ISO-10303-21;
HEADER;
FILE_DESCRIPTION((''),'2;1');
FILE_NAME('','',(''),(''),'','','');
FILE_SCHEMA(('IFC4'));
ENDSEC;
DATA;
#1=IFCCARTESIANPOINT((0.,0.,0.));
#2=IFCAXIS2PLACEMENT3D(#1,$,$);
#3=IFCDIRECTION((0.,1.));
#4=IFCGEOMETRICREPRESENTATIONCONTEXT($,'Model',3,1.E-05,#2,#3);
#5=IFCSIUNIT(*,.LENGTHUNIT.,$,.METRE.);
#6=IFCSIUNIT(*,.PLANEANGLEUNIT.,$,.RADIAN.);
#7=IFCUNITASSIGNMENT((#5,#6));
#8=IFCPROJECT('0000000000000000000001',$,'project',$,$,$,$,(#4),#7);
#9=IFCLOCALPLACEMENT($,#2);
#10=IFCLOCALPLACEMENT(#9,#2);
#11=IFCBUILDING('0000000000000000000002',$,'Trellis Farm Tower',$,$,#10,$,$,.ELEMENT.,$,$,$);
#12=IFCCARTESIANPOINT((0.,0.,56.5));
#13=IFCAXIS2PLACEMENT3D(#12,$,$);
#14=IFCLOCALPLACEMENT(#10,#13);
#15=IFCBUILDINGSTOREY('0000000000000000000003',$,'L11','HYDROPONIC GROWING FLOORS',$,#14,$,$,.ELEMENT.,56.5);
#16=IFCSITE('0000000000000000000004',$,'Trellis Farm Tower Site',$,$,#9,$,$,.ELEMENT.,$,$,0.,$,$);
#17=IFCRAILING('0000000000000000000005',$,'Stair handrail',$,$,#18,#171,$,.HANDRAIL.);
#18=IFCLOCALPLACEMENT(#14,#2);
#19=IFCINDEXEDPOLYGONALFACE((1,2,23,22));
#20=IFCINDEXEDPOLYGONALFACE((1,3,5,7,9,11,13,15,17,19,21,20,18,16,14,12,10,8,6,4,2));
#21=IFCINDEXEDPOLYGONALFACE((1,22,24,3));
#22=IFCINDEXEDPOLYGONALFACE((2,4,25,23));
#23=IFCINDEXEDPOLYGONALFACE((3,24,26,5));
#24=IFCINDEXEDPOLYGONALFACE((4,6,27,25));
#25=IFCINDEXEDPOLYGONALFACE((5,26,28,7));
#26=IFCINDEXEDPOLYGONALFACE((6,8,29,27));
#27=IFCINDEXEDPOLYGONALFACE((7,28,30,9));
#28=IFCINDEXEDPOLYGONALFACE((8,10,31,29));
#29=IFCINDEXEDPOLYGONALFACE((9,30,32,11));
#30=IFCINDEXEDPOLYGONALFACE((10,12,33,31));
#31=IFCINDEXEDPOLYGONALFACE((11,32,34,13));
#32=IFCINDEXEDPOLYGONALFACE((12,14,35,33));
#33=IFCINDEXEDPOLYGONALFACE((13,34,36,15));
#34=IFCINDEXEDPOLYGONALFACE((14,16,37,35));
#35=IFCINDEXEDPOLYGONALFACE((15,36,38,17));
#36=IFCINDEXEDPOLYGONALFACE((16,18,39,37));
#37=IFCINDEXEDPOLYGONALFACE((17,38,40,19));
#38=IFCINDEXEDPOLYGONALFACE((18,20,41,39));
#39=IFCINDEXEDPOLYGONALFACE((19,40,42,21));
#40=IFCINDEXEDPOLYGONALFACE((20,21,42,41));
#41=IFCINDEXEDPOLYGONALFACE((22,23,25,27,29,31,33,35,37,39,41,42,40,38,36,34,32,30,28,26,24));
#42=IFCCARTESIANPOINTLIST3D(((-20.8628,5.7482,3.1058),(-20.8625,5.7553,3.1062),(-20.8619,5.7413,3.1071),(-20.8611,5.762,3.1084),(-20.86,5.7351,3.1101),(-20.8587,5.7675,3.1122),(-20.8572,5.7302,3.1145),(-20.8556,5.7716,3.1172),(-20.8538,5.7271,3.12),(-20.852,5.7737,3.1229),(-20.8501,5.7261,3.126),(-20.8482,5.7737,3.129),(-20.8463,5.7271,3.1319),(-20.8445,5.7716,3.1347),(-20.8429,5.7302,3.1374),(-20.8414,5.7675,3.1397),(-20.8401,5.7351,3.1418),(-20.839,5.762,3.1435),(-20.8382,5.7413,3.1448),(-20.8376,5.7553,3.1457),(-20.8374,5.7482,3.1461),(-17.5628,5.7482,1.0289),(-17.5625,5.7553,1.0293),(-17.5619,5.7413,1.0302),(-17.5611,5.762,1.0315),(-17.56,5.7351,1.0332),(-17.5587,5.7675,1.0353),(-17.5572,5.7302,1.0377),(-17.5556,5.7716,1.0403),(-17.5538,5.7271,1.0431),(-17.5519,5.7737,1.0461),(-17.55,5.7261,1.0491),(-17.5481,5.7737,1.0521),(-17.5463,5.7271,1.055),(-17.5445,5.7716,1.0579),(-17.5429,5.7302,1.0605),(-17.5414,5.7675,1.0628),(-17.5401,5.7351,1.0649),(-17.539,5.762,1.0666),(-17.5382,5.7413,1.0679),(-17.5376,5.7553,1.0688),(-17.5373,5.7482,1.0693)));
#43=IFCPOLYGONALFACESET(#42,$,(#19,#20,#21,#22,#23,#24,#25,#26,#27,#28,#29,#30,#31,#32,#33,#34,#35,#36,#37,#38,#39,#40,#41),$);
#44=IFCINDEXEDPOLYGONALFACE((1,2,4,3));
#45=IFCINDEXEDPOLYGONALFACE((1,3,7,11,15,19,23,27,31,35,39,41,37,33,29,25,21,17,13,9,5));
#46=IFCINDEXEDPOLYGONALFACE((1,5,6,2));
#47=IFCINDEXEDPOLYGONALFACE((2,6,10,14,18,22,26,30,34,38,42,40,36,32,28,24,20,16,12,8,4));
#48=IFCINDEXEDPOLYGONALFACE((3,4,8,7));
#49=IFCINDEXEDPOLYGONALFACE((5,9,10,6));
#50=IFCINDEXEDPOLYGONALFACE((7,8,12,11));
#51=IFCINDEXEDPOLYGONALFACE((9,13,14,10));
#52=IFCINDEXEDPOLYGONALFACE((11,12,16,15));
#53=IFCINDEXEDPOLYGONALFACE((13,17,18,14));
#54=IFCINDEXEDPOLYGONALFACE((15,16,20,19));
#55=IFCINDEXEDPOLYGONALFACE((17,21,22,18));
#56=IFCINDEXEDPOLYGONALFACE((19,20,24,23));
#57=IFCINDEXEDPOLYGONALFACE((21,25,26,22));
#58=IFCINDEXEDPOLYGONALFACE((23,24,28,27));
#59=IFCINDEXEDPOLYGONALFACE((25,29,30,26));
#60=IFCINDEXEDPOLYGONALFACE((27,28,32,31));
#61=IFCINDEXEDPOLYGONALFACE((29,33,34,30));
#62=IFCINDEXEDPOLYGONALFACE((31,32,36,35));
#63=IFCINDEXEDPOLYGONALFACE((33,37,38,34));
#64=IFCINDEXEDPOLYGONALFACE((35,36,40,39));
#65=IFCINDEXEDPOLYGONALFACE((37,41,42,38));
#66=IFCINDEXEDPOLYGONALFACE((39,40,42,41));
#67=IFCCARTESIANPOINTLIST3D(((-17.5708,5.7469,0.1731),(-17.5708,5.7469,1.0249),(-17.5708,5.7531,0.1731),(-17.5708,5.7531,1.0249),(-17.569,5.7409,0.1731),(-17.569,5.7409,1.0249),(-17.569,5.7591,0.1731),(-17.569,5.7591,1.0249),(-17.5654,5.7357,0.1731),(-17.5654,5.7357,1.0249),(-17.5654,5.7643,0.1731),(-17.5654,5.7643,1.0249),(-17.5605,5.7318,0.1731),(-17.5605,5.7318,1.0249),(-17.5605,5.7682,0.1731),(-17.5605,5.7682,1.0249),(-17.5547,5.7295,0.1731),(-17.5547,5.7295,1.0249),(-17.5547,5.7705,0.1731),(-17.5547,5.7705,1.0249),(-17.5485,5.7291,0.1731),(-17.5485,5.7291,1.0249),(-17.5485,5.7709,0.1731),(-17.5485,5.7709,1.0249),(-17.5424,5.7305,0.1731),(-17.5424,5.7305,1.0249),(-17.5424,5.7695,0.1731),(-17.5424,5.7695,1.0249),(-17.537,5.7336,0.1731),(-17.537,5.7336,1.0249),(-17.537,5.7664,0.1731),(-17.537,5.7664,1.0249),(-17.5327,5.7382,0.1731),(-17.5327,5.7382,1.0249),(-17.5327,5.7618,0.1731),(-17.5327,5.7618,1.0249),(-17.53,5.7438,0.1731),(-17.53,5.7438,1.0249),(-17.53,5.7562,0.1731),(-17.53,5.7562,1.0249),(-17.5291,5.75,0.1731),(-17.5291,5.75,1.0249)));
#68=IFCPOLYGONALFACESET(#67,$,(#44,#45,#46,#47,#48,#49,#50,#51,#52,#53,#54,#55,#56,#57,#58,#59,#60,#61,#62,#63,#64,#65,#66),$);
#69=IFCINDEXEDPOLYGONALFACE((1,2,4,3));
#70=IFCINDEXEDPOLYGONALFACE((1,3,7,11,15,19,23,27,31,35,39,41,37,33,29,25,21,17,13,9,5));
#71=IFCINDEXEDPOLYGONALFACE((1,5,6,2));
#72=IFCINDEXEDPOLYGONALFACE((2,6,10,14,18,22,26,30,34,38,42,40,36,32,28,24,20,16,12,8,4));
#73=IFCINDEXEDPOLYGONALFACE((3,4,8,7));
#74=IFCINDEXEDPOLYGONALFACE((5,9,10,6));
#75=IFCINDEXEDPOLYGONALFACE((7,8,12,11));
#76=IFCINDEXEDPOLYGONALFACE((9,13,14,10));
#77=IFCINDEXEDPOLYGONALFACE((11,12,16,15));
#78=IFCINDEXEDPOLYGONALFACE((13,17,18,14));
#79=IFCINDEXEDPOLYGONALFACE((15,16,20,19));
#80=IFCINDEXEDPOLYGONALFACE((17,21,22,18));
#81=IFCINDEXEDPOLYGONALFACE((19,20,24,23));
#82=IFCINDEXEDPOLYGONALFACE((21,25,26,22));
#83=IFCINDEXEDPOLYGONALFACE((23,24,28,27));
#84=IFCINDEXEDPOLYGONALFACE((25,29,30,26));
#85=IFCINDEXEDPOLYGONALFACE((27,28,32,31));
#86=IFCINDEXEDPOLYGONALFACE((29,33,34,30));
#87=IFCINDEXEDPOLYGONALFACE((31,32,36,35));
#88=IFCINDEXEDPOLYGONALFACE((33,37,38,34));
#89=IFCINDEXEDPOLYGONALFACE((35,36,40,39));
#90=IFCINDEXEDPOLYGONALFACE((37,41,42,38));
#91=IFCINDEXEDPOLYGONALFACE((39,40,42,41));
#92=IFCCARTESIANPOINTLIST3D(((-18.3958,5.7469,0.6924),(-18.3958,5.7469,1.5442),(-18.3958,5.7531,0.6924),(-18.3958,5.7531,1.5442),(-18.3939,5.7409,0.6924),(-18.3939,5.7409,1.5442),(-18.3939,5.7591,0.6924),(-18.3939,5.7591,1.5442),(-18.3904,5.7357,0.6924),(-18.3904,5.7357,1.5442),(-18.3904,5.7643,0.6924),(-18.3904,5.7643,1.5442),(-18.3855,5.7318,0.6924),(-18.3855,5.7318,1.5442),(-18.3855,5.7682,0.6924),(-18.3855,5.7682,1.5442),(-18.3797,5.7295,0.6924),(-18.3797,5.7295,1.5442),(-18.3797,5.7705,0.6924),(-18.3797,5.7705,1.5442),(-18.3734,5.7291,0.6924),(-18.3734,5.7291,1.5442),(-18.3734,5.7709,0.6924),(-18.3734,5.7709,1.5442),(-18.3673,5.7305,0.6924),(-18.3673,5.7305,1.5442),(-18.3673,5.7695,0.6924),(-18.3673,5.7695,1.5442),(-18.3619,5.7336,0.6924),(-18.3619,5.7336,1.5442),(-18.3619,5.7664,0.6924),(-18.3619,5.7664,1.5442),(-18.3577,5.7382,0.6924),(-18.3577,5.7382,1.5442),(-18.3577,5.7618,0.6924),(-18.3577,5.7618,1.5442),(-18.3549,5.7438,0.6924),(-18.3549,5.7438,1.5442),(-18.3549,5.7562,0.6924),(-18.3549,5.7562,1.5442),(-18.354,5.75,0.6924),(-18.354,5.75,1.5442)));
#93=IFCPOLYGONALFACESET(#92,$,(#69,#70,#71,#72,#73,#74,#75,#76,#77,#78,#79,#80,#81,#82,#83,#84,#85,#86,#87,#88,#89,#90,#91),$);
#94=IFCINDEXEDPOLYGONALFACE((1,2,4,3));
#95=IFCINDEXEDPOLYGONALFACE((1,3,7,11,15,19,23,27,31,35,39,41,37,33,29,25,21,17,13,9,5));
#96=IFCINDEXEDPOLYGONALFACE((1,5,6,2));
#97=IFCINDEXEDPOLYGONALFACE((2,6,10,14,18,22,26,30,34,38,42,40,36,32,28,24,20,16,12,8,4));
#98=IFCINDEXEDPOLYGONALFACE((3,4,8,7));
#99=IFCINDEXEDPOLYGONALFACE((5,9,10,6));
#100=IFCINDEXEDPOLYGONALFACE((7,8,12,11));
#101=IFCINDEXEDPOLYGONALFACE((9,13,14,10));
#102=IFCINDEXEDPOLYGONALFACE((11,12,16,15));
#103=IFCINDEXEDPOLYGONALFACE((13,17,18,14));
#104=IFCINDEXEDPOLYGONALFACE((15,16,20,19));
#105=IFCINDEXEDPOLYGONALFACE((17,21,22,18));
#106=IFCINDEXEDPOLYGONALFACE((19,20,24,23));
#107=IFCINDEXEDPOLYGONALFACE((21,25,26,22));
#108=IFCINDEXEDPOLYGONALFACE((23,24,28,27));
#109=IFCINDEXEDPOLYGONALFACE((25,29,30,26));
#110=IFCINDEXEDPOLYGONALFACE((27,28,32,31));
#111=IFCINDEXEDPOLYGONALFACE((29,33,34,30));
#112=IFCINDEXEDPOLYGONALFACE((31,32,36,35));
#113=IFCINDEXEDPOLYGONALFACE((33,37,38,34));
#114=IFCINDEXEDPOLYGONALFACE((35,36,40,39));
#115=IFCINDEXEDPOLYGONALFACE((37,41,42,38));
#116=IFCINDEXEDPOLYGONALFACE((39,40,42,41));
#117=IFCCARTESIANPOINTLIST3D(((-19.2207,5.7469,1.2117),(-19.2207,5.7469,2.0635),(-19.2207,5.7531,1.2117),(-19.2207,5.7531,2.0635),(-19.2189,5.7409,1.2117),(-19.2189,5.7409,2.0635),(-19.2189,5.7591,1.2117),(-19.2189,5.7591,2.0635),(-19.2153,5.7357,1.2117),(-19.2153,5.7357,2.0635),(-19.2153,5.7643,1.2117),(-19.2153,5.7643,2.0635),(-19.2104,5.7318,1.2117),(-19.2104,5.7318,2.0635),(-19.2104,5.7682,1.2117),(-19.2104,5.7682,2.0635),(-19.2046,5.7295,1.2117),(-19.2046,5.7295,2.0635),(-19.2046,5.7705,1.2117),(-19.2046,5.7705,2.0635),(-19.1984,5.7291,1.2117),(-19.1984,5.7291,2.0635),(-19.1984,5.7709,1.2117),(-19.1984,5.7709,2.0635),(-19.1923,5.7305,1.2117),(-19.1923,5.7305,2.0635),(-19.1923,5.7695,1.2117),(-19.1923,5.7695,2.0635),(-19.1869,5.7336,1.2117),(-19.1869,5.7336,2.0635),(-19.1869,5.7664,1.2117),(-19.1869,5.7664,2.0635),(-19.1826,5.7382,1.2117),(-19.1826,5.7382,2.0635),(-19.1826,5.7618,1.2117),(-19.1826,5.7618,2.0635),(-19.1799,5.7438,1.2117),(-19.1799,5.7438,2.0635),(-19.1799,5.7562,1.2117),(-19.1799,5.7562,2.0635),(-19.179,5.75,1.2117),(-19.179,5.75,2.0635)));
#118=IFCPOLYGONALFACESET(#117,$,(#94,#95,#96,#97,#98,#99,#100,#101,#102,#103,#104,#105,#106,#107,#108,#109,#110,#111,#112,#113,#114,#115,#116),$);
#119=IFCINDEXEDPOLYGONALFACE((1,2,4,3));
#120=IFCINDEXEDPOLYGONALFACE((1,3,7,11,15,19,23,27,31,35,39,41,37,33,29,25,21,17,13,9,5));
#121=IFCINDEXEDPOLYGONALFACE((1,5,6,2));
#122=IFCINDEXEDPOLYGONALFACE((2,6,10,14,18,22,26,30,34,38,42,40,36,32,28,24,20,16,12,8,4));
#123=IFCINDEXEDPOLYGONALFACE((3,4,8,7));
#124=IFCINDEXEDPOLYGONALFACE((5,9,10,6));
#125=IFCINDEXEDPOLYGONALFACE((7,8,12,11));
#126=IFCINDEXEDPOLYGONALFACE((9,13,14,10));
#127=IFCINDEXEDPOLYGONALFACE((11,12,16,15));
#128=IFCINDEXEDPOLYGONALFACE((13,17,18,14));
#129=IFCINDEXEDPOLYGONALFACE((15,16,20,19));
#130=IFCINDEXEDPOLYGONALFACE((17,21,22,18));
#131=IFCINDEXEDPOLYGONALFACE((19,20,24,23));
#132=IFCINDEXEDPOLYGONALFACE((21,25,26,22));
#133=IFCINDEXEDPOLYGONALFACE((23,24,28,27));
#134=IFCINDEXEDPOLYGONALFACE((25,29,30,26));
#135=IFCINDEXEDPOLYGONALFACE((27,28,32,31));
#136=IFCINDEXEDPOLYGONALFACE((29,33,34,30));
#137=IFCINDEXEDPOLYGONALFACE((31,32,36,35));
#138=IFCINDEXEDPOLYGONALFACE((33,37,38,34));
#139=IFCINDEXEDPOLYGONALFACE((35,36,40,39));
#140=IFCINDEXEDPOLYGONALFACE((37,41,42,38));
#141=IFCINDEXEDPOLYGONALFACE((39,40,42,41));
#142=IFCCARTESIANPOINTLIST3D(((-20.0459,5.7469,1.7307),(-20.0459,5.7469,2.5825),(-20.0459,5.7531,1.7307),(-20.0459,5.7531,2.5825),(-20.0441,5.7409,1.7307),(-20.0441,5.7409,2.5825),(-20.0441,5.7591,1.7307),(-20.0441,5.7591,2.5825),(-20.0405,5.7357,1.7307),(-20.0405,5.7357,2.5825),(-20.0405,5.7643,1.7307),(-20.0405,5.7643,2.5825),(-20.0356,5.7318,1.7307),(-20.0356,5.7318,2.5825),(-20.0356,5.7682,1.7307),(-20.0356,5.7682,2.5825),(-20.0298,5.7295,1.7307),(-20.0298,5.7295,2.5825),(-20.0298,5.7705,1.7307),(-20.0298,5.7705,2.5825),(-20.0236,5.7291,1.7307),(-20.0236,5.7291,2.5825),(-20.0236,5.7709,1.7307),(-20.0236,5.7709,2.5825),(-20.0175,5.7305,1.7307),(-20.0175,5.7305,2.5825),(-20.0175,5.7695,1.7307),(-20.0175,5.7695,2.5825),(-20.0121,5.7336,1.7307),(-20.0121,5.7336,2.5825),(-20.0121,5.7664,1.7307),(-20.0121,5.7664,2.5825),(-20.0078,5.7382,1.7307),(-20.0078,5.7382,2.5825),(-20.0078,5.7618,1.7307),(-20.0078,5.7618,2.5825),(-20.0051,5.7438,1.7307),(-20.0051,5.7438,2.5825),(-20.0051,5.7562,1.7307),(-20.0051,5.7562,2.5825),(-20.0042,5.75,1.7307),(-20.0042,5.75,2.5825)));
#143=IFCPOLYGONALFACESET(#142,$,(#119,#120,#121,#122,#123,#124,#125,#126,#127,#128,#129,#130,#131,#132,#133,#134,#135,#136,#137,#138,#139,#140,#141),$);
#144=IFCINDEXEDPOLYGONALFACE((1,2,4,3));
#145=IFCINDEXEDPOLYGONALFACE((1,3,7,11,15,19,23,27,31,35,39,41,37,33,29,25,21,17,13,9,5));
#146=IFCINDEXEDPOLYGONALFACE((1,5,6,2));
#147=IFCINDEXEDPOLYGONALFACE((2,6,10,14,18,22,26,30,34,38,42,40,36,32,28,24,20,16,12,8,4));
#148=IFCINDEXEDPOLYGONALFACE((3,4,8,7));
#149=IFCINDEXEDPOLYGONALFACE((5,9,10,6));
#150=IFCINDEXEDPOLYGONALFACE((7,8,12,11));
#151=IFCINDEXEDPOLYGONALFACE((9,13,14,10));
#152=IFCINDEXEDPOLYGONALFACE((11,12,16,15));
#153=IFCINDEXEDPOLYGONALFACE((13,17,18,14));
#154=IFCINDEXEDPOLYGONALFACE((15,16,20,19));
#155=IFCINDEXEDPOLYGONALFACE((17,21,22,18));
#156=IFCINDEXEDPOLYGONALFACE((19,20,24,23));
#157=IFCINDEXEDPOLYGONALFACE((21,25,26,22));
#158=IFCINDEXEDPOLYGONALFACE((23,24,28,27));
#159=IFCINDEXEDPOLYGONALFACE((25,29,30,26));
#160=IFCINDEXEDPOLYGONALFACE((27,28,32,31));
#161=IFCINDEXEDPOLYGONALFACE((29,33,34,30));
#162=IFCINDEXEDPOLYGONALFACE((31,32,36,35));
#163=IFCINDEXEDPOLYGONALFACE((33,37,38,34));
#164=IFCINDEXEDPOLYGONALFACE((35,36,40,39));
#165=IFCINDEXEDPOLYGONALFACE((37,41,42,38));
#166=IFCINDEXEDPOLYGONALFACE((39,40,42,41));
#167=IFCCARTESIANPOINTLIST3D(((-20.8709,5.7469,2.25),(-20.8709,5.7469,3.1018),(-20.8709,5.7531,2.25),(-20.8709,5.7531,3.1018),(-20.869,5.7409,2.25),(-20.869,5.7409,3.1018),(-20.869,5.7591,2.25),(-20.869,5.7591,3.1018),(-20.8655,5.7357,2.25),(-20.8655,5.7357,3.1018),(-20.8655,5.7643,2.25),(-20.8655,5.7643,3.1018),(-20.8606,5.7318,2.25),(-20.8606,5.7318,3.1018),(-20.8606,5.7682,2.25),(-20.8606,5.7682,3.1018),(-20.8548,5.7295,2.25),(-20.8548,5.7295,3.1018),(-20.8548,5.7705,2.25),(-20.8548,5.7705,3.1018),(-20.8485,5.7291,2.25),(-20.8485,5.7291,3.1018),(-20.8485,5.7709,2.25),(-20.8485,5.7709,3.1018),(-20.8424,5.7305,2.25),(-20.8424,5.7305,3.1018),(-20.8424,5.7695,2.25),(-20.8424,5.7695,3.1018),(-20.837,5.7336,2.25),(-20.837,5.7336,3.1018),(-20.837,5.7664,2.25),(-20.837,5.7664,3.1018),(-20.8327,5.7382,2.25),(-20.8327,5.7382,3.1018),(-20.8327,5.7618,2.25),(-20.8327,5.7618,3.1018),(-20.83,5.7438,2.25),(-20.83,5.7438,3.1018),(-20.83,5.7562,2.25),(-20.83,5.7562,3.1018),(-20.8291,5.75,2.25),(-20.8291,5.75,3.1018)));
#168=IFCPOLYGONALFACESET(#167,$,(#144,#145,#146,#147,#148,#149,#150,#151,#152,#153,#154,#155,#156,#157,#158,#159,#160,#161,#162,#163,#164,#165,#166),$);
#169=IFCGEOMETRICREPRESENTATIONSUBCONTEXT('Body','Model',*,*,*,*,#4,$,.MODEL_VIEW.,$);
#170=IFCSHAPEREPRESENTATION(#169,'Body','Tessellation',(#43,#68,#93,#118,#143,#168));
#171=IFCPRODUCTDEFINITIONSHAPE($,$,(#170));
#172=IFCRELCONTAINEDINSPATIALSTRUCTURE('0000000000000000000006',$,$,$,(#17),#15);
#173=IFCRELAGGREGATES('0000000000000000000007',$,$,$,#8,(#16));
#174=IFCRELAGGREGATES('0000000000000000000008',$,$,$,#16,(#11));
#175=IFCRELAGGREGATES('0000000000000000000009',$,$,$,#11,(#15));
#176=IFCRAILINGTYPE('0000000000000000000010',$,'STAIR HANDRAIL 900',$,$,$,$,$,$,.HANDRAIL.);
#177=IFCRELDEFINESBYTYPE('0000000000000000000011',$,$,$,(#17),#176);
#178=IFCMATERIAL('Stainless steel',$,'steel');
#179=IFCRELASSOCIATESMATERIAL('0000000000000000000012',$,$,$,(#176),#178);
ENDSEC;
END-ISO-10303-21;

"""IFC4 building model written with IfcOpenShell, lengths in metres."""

from ifc_helpers import new_model, si_unit, direction, frame, origin, origin_2d, place, context, subcontext, project, spatial, circle, extrude, source, transform, mapped, material, type_object, element, save


model = new_model("IFC4")

# Units and contexts
model_context = context("Model", 3, precision=1e-05, world=origin(), true_north=direction((0.0, 1.0)))
body_context = subcontext(model_context, "Body", "Model", "MODEL_VIEW")
ifc_project = project(units=[si_unit("LENGTHUNIT", "METRE"), si_unit("PLANEANGLEUNIT", "RADIAN")], contexts=[model_context])

# Site, building, storey
site_placement = place(None, origin())
site = spatial("IfcSite", under=ifc_project, at=site_placement, Name="Trellis Farm Tower Site", CompositionType="ELEMENT", RefElevation=0.0)
building_placement = place(site_placement, origin())
building = spatial("IfcBuilding", under=site, at=building_placement, Name="Trellis Farm Tower", CompositionType="ELEMENT")
storey_placement = place(building_placement, frame((0.0, 0.0, 56.5)))
storey = spatial("IfcBuildingStorey", under=building, at=storey_placement, Name="L11", Description="HYDROPONIC GROWING FLOORS", CompositionType="ELEMENT", Elevation=56.5)

# Shared definitions
ifc_material_1 = material(Name="Stainless steel", Category="steel")

# Railing
railing_type = type_object("IfcRailingType", Name="STAIR HANDRAIL 900", PredefinedType="HANDRAIL", material=ifc_material_1)
shared_shape_1 = source(origin(), body_context, "Body", "SweptSolid", [
    extrude(circle(Radius=0.0239, at=origin_2d()), frame((0.0, 0.0, 0.876), z_axis=(-0.846337, 0.0, 0.532647), x_axis=(0.0, -1.0, 0.0)), (0.0, 0.0, 1.0), 3.8992),
    extrude(circle(Radius=0.021, at=origin_2d()), origin(), (0.0, 0.0, 1.0), 0.8518),
    extrude(circle(Radius=0.021, at=origin_2d()), frame((-0.825, 0.0, 0.5193)), (0.0, 0.0, 1.0), 0.8518),
    extrude(circle(Radius=0.021, at=origin_2d()), frame((-1.6499, 0.0, 1.0386)), (0.0, 0.0, 1.0), 0.8518),
    extrude(circle(Radius=0.021, at=origin_2d()), frame((-2.4751, 0.0, 1.5576)), (0.0, 0.0, 1.0), 0.8518),
    extrude(circle(Radius=0.021, at=origin_2d()), frame((-3.3, 0.0, 2.0769)), (0.0, 0.0, 1.0), 0.8518),
])
for number, where, name in (
    (1, (-17.55, 5.75, 0.1731), "Stair handrail"),
):
    element("IfcRailing", number, at=place(storey_placement, frame(where)), inside=storey, type_object=railing_type, Name=name, PredefinedType="HANDRAIL", context=body_context, shape_type="MappedRepresentation", body=[
        mapped(shared_shape_1, transform((0.0, 0.0, 0.0))),
    ])

save(model, "model.ifc")
